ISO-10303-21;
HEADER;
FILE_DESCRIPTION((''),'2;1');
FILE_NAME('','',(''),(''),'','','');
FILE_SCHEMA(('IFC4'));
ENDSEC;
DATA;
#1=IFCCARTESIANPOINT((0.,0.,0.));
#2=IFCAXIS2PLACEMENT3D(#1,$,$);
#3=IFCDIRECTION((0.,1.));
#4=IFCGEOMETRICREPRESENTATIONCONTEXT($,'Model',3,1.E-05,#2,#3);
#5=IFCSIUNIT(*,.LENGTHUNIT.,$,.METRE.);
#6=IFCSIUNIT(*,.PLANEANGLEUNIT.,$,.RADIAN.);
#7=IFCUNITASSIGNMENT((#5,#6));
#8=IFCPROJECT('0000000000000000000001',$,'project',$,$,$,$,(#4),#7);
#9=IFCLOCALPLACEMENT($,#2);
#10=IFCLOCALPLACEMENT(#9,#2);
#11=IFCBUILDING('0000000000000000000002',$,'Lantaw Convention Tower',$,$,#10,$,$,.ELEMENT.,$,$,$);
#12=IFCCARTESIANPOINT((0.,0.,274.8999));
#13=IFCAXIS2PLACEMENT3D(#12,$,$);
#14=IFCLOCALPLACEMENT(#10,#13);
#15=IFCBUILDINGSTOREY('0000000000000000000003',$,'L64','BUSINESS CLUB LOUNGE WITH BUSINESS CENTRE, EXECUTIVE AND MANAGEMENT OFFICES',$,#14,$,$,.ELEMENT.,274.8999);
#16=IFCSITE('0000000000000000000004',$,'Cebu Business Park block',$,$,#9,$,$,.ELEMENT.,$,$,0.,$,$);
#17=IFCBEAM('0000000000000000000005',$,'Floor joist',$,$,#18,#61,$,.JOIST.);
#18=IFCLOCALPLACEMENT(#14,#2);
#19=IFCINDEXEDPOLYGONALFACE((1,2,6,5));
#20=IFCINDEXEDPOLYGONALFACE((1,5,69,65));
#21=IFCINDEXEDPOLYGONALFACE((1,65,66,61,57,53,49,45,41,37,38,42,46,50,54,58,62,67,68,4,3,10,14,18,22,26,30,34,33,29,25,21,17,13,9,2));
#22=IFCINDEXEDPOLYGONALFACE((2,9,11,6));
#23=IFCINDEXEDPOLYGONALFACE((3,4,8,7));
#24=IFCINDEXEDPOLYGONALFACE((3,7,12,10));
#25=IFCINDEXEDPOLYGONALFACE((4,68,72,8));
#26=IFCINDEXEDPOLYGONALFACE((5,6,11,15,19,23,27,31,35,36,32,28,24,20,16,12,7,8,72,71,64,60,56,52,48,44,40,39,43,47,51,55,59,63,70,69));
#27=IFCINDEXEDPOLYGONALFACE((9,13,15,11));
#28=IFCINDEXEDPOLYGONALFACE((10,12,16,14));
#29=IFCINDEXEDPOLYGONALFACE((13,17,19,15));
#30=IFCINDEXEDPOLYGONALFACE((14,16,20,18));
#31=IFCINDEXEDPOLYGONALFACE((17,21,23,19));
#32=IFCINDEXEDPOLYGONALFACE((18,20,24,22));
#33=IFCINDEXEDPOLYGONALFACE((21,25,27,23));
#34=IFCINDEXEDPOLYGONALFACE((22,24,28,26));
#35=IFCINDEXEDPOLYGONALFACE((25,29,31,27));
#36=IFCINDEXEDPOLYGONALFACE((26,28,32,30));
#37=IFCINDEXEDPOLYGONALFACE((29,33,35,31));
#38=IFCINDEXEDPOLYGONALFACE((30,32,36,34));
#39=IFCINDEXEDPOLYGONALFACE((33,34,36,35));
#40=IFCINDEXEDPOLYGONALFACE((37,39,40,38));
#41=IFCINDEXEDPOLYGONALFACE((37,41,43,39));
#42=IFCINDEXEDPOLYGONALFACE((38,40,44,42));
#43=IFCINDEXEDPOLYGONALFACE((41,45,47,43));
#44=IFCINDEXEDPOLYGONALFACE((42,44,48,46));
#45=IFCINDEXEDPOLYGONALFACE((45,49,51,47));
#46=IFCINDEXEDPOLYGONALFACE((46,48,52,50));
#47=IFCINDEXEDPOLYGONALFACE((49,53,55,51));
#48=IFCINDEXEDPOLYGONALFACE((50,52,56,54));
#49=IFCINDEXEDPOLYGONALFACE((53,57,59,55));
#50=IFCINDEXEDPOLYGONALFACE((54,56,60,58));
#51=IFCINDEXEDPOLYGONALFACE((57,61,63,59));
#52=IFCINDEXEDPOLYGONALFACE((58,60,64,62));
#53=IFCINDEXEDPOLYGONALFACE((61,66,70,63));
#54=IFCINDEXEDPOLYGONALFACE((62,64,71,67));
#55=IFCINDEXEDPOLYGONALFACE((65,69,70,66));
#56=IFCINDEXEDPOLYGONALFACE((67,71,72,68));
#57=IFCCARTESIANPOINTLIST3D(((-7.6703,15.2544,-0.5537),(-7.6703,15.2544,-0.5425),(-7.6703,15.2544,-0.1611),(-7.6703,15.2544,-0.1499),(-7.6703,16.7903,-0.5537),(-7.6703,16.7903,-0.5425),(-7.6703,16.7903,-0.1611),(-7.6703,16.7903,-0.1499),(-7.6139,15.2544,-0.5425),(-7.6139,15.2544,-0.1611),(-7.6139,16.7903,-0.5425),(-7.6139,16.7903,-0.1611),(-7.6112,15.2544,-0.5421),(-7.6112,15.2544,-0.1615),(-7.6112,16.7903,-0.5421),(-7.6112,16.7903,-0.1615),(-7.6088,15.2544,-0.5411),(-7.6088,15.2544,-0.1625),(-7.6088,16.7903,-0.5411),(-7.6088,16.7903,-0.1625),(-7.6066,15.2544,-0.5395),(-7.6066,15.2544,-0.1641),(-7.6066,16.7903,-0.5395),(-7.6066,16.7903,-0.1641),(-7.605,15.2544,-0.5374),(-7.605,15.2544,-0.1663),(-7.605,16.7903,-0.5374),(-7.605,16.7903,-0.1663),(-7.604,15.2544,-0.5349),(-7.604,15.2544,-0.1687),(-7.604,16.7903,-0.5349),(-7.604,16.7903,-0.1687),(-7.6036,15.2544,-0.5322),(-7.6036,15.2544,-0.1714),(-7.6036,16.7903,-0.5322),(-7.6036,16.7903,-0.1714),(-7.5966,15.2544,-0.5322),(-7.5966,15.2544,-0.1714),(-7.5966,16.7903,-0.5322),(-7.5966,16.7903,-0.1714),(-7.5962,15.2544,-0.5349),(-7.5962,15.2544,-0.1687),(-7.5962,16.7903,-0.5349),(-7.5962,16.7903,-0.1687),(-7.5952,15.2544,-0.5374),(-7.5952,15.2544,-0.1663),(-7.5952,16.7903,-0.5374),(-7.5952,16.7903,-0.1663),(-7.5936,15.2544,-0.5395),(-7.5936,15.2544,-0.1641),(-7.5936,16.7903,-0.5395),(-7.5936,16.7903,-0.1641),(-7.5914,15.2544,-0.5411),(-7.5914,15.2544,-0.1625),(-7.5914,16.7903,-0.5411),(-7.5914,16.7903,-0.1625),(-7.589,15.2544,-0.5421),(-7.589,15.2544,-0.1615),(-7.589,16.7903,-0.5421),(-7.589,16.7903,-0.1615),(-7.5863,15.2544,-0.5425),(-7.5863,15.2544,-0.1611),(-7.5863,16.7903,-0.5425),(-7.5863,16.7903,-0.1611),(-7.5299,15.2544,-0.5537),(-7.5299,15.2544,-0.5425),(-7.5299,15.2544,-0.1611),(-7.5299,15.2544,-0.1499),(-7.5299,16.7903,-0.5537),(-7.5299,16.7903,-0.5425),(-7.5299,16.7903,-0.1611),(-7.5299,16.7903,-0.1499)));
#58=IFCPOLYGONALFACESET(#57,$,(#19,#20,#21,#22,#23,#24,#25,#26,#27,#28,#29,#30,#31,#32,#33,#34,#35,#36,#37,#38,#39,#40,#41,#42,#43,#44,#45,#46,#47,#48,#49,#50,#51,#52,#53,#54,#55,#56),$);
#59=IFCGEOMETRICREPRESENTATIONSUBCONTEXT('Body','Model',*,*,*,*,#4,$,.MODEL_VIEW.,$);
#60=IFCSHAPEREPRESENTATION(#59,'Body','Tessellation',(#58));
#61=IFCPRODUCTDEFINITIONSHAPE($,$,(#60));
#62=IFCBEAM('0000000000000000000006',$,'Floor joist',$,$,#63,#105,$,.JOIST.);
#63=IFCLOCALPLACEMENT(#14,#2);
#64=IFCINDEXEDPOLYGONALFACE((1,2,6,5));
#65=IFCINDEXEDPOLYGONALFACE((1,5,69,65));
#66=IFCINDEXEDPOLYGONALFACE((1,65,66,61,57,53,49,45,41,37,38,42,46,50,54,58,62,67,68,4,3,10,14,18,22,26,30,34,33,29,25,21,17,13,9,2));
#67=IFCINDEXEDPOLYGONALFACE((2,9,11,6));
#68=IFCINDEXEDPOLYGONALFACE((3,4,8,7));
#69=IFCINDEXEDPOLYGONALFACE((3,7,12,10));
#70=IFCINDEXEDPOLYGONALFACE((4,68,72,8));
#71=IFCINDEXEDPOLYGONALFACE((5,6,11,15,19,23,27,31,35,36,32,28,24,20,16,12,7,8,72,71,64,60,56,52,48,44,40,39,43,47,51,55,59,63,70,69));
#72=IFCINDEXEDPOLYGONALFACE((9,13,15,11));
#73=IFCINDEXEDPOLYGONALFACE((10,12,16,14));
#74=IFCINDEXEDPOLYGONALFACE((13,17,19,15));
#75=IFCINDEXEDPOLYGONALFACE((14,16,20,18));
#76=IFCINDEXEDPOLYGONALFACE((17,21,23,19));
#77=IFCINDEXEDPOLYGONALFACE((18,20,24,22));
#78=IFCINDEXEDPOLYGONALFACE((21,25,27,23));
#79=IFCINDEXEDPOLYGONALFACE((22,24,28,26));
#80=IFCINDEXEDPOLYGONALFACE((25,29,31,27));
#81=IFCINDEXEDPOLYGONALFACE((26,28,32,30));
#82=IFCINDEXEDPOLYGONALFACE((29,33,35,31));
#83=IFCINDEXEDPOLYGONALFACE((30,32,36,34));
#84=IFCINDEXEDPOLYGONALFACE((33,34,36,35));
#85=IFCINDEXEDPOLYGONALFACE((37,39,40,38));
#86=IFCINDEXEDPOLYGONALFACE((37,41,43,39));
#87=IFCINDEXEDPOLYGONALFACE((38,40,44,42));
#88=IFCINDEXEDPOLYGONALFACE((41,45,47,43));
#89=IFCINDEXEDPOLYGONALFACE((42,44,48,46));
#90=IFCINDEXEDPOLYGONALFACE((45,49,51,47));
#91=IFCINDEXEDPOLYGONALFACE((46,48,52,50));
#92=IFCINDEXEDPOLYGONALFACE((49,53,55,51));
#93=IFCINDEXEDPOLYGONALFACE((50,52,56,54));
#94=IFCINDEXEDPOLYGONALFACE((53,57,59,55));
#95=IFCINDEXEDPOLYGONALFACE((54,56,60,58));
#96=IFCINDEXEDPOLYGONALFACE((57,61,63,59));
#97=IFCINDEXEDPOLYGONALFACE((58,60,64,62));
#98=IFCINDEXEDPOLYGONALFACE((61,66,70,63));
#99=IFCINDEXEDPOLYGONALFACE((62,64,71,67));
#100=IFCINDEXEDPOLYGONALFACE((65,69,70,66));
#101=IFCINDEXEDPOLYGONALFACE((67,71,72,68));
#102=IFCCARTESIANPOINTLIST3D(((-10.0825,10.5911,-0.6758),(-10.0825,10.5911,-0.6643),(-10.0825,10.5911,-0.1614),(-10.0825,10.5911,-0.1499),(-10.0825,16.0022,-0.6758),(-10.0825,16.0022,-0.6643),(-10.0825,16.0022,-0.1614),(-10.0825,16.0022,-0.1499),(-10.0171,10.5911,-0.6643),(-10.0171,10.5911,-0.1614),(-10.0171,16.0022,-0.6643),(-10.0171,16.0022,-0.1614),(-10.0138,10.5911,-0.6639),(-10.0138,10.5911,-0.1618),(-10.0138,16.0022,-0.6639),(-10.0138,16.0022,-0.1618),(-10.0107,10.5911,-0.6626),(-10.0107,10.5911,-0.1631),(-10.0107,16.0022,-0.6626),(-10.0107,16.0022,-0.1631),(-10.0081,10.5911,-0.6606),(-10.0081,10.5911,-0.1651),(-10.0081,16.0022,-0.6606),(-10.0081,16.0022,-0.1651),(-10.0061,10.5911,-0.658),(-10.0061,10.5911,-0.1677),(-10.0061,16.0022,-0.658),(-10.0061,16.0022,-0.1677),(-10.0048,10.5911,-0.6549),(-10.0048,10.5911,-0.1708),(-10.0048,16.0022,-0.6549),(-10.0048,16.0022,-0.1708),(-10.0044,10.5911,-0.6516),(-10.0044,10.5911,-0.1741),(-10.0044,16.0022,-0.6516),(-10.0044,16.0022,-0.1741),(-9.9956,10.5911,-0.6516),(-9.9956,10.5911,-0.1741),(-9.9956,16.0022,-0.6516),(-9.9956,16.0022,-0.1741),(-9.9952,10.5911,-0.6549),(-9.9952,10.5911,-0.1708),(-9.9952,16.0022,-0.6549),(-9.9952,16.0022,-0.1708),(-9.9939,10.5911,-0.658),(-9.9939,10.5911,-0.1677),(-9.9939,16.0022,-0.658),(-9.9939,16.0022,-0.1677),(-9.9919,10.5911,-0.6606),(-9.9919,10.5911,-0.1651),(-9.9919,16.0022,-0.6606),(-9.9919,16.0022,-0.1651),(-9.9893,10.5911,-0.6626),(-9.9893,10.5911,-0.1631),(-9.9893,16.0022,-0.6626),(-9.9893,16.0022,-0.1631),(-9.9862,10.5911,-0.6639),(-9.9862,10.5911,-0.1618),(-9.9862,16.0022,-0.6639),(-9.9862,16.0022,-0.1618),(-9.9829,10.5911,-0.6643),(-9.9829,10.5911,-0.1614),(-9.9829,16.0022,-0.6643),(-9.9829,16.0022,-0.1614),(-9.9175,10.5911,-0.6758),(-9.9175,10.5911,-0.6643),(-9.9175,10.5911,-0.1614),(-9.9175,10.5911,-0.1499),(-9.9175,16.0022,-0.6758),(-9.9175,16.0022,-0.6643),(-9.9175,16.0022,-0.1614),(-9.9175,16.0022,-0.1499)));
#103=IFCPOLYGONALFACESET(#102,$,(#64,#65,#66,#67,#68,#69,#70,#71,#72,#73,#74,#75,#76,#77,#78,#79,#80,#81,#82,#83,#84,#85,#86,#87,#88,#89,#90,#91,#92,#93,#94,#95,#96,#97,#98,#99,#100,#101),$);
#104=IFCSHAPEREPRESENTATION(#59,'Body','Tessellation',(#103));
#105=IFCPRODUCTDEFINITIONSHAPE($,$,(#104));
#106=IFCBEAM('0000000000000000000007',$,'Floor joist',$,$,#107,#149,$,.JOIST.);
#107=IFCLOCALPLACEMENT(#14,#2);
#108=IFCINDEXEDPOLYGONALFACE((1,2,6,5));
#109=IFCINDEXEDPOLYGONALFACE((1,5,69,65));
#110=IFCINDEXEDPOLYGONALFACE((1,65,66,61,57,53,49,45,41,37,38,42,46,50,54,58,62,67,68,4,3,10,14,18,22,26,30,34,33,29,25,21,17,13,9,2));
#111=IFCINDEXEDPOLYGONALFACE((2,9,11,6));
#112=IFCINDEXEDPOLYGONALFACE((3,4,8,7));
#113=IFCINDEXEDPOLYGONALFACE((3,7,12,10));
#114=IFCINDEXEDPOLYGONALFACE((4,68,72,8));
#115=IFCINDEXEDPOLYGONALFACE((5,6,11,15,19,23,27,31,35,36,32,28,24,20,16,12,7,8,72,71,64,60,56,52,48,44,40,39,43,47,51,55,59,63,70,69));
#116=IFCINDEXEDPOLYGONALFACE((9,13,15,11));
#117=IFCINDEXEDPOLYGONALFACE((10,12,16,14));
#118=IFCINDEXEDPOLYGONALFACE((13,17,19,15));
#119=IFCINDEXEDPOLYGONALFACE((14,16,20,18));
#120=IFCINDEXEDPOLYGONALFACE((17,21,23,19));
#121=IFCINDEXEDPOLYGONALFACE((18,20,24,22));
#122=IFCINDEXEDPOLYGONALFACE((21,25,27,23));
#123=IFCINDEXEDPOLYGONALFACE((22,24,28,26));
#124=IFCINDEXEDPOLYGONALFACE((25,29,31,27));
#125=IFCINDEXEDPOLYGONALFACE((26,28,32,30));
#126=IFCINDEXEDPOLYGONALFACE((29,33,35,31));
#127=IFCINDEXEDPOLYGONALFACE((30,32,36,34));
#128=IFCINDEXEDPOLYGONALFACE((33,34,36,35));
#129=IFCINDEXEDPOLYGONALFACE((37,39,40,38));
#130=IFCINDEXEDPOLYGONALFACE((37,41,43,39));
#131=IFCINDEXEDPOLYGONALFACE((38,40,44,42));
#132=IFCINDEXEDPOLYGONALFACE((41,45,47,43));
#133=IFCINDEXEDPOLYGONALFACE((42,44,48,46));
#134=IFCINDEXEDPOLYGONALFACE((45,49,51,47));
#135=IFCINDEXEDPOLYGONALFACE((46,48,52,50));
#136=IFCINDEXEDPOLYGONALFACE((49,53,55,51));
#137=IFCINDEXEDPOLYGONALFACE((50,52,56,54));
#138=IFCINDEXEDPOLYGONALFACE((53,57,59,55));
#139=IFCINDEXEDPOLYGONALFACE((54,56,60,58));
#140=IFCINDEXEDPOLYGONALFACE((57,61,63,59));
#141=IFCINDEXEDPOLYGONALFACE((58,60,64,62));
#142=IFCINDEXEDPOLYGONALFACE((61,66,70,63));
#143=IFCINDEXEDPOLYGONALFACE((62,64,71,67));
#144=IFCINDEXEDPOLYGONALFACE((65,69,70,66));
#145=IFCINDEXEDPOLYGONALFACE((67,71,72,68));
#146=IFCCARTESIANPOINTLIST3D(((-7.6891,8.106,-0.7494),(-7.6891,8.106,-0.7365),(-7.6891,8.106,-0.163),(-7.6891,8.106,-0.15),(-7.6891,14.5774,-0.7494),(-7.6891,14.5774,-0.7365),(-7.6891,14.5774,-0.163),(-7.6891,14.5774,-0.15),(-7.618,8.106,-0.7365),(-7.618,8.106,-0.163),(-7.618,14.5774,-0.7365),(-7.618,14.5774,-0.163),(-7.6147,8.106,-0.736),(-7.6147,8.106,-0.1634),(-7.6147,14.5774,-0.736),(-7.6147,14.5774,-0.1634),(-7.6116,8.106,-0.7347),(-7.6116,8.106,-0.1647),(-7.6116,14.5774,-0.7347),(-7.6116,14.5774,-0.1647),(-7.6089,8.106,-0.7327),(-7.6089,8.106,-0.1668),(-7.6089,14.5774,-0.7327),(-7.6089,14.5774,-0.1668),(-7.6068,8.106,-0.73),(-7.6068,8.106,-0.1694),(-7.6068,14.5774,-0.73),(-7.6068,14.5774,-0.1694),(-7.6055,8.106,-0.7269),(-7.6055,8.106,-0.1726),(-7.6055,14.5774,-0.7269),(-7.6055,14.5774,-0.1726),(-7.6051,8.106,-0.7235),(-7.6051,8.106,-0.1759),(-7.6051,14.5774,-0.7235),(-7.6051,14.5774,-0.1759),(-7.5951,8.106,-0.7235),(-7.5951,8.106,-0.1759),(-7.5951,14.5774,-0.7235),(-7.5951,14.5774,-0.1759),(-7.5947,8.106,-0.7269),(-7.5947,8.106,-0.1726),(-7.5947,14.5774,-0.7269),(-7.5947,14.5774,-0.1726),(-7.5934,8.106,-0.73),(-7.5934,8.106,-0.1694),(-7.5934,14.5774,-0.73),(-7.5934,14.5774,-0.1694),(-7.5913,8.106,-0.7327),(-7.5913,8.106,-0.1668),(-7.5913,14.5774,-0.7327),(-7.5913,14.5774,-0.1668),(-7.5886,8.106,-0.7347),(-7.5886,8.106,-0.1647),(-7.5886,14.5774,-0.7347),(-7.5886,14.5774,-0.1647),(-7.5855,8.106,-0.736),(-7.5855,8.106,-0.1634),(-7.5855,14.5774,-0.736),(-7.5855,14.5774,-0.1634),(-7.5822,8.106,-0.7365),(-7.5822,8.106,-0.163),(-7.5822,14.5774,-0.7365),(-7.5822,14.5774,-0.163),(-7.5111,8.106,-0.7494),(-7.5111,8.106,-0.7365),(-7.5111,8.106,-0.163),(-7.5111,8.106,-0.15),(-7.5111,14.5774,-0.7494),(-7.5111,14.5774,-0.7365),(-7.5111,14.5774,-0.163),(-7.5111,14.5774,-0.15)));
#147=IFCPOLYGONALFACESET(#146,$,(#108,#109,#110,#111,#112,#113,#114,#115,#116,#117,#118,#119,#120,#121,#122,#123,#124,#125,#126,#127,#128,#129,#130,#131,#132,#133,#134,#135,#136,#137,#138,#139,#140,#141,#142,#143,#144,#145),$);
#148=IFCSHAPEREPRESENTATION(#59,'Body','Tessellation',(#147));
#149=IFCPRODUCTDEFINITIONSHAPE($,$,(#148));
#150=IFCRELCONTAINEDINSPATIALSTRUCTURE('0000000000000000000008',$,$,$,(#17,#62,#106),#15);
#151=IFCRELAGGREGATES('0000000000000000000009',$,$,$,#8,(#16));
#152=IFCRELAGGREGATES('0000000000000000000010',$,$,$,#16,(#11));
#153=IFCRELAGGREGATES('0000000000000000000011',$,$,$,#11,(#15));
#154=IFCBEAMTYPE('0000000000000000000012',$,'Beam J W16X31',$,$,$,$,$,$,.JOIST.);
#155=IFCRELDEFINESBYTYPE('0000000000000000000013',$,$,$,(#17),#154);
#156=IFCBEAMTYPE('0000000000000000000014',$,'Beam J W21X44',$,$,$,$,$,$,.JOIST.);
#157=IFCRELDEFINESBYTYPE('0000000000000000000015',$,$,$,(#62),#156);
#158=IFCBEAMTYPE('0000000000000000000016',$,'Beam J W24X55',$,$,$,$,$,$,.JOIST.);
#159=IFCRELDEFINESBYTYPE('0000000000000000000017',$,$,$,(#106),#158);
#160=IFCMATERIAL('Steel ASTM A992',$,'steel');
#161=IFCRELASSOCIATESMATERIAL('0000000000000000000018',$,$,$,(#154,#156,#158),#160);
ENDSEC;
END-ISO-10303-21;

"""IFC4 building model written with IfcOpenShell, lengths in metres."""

from ifc_helpers import new_model, si_unit, direction, frame, origin, origin_2d, place, context, subcontext, project, spatial, i_section, extrude, material, material_profile, profile_set, type_object, element, save


model = new_model("IFC4")

# Units and contexts
model_context = context("Model", 3, precision=1e-05, world=origin(), true_north=direction((0.0, 1.0)))
body_context = subcontext(model_context, "Body", "Model", "MODEL_VIEW")
ifc_project = project(units=[si_unit("LENGTHUNIT", "METRE"), si_unit("PLANEANGLEUNIT", "RADIAN")], contexts=[model_context])

# Site, building, storey
site_placement = place(None, origin())
site = spatial("IfcSite", under=ifc_project, at=site_placement, Name="Cebu Business Park block", CompositionType="ELEMENT", RefElevation=0.0)
building_placement = place(site_placement, origin())
building = spatial("IfcBuilding", under=site, at=building_placement, Name="Lantaw Convention Tower", CompositionType="ELEMENT")
storey_placement = place(building_placement, frame((0.0, 0.0, 274.8999)))
storey = spatial("IfcBuildingStorey", under=building, at=storey_placement, Name="L64", Description="BUSINESS CLUB LOUNGE WITH BUSINESS CENTRE, EXECUTIVE AND MANAGEMENT OFFICES", CompositionType="ELEMENT", Elevation=274.8999)

# Beams
ifc_material_1 = material(Name="Steel ASTM A992", Category="steel")
ifc_material_profile_1 = material_profile(ifc_material_1, i_section(OverallWidth=0.1404, OverallDepth=0.4038, WebThickness=0.0071, FlangeThickness=0.0112, FilletRadius=0.0103, at=origin_2d()), Name="W16X31")
ifc_profile_set_1 = profile_set([ifc_material_profile_1], Name="Steel ASTM A992")
beam_type_1 = type_object("IfcBeamType", Name="Beam J W16X31", PredefinedType="JOIST", material=ifc_profile_set_1)
beam_1_placement = place(storey_placement, frame((-7.6001, 15.2544, -0.3518), z_axis=(0.0, 1.0, 0.0), x_axis=(-1.0, 0.0, 0.0)))
element("IfcBeam", 1, at=beam_1_placement, inside=storey, type_object=beam_type_1, Name="Floor joist", PredefinedType="JOIST", context=body_context, shape_type="SweptSolid", body=[
    extrude(i_section(OverallWidth=0.1404, OverallDepth=0.4038, WebThickness=0.0071, FlangeThickness=0.0112, FilletRadius=0.0103, at=origin_2d()), origin(), (0.0, 0.0, 1.0), 1.5359),
])
ifc_material_profile_2 = material_profile(ifc_material_1, i_section(OverallWidth=0.165, OverallDepth=0.5259, WebThickness=0.0088, FlangeThickness=0.0115, FilletRadius=0.0127, at=origin_2d()), Name="W21X44")
ifc_profile_set_2 = profile_set([ifc_material_profile_2], Name="Steel ASTM A992")
beam_type_2 = type_object("IfcBeamType", Name="Beam J W21X44", PredefinedType="JOIST", material=ifc_profile_set_2)
beam_2_placement = place(storey_placement, frame((-10.0, 10.5911, -0.4128), z_axis=(0.0, 1.0, 0.0), x_axis=(-1.0, 0.0, 0.0)))
element("IfcBeam", 2, at=beam_2_placement, inside=storey, type_object=beam_type_2, Name="Floor joist", PredefinedType="JOIST", context=body_context, shape_type="SweptSolid", body=[
    extrude(i_section(OverallWidth=0.165, OverallDepth=0.5259, WebThickness=0.0088, FlangeThickness=0.0115, FilletRadius=0.0127, at=origin_2d()), origin(), (0.0, 0.0, 1.0), 5.4111),
])
ifc_material_profile_3 = material_profile(ifc_material_1, i_section(OverallWidth=0.178, OverallDepth=0.5994, WebThickness=0.01, FlangeThickness=0.0129, FilletRadius=0.0129, at=origin_2d()), Name="W24X55")
ifc_profile_set_3 = profile_set([ifc_material_profile_3], Name="Steel ASTM A992")
beam_type_3 = type_object("IfcBeamType", Name="Beam J W24X55", PredefinedType="JOIST", material=ifc_profile_set_3)
beam_3_placement = place(storey_placement, frame((-7.6001, 8.106, -0.4497), z_axis=(0.0, 1.0, 0.0), x_axis=(-1.0, 0.0, 0.0)))
element("IfcBeam", 3, at=beam_3_placement, inside=storey, type_object=beam_type_3, Name="Floor joist", PredefinedType="JOIST", context=body_context, shape_type="SweptSolid", body=[
    extrude(i_section(OverallWidth=0.178, OverallDepth=0.5994, WebThickness=0.01, FlangeThickness=0.0129, FilletRadius=0.0129, at=origin_2d()), origin(), (0.0, 0.0, 1.0), 6.4714),
])

save(model, "model.ifc")
